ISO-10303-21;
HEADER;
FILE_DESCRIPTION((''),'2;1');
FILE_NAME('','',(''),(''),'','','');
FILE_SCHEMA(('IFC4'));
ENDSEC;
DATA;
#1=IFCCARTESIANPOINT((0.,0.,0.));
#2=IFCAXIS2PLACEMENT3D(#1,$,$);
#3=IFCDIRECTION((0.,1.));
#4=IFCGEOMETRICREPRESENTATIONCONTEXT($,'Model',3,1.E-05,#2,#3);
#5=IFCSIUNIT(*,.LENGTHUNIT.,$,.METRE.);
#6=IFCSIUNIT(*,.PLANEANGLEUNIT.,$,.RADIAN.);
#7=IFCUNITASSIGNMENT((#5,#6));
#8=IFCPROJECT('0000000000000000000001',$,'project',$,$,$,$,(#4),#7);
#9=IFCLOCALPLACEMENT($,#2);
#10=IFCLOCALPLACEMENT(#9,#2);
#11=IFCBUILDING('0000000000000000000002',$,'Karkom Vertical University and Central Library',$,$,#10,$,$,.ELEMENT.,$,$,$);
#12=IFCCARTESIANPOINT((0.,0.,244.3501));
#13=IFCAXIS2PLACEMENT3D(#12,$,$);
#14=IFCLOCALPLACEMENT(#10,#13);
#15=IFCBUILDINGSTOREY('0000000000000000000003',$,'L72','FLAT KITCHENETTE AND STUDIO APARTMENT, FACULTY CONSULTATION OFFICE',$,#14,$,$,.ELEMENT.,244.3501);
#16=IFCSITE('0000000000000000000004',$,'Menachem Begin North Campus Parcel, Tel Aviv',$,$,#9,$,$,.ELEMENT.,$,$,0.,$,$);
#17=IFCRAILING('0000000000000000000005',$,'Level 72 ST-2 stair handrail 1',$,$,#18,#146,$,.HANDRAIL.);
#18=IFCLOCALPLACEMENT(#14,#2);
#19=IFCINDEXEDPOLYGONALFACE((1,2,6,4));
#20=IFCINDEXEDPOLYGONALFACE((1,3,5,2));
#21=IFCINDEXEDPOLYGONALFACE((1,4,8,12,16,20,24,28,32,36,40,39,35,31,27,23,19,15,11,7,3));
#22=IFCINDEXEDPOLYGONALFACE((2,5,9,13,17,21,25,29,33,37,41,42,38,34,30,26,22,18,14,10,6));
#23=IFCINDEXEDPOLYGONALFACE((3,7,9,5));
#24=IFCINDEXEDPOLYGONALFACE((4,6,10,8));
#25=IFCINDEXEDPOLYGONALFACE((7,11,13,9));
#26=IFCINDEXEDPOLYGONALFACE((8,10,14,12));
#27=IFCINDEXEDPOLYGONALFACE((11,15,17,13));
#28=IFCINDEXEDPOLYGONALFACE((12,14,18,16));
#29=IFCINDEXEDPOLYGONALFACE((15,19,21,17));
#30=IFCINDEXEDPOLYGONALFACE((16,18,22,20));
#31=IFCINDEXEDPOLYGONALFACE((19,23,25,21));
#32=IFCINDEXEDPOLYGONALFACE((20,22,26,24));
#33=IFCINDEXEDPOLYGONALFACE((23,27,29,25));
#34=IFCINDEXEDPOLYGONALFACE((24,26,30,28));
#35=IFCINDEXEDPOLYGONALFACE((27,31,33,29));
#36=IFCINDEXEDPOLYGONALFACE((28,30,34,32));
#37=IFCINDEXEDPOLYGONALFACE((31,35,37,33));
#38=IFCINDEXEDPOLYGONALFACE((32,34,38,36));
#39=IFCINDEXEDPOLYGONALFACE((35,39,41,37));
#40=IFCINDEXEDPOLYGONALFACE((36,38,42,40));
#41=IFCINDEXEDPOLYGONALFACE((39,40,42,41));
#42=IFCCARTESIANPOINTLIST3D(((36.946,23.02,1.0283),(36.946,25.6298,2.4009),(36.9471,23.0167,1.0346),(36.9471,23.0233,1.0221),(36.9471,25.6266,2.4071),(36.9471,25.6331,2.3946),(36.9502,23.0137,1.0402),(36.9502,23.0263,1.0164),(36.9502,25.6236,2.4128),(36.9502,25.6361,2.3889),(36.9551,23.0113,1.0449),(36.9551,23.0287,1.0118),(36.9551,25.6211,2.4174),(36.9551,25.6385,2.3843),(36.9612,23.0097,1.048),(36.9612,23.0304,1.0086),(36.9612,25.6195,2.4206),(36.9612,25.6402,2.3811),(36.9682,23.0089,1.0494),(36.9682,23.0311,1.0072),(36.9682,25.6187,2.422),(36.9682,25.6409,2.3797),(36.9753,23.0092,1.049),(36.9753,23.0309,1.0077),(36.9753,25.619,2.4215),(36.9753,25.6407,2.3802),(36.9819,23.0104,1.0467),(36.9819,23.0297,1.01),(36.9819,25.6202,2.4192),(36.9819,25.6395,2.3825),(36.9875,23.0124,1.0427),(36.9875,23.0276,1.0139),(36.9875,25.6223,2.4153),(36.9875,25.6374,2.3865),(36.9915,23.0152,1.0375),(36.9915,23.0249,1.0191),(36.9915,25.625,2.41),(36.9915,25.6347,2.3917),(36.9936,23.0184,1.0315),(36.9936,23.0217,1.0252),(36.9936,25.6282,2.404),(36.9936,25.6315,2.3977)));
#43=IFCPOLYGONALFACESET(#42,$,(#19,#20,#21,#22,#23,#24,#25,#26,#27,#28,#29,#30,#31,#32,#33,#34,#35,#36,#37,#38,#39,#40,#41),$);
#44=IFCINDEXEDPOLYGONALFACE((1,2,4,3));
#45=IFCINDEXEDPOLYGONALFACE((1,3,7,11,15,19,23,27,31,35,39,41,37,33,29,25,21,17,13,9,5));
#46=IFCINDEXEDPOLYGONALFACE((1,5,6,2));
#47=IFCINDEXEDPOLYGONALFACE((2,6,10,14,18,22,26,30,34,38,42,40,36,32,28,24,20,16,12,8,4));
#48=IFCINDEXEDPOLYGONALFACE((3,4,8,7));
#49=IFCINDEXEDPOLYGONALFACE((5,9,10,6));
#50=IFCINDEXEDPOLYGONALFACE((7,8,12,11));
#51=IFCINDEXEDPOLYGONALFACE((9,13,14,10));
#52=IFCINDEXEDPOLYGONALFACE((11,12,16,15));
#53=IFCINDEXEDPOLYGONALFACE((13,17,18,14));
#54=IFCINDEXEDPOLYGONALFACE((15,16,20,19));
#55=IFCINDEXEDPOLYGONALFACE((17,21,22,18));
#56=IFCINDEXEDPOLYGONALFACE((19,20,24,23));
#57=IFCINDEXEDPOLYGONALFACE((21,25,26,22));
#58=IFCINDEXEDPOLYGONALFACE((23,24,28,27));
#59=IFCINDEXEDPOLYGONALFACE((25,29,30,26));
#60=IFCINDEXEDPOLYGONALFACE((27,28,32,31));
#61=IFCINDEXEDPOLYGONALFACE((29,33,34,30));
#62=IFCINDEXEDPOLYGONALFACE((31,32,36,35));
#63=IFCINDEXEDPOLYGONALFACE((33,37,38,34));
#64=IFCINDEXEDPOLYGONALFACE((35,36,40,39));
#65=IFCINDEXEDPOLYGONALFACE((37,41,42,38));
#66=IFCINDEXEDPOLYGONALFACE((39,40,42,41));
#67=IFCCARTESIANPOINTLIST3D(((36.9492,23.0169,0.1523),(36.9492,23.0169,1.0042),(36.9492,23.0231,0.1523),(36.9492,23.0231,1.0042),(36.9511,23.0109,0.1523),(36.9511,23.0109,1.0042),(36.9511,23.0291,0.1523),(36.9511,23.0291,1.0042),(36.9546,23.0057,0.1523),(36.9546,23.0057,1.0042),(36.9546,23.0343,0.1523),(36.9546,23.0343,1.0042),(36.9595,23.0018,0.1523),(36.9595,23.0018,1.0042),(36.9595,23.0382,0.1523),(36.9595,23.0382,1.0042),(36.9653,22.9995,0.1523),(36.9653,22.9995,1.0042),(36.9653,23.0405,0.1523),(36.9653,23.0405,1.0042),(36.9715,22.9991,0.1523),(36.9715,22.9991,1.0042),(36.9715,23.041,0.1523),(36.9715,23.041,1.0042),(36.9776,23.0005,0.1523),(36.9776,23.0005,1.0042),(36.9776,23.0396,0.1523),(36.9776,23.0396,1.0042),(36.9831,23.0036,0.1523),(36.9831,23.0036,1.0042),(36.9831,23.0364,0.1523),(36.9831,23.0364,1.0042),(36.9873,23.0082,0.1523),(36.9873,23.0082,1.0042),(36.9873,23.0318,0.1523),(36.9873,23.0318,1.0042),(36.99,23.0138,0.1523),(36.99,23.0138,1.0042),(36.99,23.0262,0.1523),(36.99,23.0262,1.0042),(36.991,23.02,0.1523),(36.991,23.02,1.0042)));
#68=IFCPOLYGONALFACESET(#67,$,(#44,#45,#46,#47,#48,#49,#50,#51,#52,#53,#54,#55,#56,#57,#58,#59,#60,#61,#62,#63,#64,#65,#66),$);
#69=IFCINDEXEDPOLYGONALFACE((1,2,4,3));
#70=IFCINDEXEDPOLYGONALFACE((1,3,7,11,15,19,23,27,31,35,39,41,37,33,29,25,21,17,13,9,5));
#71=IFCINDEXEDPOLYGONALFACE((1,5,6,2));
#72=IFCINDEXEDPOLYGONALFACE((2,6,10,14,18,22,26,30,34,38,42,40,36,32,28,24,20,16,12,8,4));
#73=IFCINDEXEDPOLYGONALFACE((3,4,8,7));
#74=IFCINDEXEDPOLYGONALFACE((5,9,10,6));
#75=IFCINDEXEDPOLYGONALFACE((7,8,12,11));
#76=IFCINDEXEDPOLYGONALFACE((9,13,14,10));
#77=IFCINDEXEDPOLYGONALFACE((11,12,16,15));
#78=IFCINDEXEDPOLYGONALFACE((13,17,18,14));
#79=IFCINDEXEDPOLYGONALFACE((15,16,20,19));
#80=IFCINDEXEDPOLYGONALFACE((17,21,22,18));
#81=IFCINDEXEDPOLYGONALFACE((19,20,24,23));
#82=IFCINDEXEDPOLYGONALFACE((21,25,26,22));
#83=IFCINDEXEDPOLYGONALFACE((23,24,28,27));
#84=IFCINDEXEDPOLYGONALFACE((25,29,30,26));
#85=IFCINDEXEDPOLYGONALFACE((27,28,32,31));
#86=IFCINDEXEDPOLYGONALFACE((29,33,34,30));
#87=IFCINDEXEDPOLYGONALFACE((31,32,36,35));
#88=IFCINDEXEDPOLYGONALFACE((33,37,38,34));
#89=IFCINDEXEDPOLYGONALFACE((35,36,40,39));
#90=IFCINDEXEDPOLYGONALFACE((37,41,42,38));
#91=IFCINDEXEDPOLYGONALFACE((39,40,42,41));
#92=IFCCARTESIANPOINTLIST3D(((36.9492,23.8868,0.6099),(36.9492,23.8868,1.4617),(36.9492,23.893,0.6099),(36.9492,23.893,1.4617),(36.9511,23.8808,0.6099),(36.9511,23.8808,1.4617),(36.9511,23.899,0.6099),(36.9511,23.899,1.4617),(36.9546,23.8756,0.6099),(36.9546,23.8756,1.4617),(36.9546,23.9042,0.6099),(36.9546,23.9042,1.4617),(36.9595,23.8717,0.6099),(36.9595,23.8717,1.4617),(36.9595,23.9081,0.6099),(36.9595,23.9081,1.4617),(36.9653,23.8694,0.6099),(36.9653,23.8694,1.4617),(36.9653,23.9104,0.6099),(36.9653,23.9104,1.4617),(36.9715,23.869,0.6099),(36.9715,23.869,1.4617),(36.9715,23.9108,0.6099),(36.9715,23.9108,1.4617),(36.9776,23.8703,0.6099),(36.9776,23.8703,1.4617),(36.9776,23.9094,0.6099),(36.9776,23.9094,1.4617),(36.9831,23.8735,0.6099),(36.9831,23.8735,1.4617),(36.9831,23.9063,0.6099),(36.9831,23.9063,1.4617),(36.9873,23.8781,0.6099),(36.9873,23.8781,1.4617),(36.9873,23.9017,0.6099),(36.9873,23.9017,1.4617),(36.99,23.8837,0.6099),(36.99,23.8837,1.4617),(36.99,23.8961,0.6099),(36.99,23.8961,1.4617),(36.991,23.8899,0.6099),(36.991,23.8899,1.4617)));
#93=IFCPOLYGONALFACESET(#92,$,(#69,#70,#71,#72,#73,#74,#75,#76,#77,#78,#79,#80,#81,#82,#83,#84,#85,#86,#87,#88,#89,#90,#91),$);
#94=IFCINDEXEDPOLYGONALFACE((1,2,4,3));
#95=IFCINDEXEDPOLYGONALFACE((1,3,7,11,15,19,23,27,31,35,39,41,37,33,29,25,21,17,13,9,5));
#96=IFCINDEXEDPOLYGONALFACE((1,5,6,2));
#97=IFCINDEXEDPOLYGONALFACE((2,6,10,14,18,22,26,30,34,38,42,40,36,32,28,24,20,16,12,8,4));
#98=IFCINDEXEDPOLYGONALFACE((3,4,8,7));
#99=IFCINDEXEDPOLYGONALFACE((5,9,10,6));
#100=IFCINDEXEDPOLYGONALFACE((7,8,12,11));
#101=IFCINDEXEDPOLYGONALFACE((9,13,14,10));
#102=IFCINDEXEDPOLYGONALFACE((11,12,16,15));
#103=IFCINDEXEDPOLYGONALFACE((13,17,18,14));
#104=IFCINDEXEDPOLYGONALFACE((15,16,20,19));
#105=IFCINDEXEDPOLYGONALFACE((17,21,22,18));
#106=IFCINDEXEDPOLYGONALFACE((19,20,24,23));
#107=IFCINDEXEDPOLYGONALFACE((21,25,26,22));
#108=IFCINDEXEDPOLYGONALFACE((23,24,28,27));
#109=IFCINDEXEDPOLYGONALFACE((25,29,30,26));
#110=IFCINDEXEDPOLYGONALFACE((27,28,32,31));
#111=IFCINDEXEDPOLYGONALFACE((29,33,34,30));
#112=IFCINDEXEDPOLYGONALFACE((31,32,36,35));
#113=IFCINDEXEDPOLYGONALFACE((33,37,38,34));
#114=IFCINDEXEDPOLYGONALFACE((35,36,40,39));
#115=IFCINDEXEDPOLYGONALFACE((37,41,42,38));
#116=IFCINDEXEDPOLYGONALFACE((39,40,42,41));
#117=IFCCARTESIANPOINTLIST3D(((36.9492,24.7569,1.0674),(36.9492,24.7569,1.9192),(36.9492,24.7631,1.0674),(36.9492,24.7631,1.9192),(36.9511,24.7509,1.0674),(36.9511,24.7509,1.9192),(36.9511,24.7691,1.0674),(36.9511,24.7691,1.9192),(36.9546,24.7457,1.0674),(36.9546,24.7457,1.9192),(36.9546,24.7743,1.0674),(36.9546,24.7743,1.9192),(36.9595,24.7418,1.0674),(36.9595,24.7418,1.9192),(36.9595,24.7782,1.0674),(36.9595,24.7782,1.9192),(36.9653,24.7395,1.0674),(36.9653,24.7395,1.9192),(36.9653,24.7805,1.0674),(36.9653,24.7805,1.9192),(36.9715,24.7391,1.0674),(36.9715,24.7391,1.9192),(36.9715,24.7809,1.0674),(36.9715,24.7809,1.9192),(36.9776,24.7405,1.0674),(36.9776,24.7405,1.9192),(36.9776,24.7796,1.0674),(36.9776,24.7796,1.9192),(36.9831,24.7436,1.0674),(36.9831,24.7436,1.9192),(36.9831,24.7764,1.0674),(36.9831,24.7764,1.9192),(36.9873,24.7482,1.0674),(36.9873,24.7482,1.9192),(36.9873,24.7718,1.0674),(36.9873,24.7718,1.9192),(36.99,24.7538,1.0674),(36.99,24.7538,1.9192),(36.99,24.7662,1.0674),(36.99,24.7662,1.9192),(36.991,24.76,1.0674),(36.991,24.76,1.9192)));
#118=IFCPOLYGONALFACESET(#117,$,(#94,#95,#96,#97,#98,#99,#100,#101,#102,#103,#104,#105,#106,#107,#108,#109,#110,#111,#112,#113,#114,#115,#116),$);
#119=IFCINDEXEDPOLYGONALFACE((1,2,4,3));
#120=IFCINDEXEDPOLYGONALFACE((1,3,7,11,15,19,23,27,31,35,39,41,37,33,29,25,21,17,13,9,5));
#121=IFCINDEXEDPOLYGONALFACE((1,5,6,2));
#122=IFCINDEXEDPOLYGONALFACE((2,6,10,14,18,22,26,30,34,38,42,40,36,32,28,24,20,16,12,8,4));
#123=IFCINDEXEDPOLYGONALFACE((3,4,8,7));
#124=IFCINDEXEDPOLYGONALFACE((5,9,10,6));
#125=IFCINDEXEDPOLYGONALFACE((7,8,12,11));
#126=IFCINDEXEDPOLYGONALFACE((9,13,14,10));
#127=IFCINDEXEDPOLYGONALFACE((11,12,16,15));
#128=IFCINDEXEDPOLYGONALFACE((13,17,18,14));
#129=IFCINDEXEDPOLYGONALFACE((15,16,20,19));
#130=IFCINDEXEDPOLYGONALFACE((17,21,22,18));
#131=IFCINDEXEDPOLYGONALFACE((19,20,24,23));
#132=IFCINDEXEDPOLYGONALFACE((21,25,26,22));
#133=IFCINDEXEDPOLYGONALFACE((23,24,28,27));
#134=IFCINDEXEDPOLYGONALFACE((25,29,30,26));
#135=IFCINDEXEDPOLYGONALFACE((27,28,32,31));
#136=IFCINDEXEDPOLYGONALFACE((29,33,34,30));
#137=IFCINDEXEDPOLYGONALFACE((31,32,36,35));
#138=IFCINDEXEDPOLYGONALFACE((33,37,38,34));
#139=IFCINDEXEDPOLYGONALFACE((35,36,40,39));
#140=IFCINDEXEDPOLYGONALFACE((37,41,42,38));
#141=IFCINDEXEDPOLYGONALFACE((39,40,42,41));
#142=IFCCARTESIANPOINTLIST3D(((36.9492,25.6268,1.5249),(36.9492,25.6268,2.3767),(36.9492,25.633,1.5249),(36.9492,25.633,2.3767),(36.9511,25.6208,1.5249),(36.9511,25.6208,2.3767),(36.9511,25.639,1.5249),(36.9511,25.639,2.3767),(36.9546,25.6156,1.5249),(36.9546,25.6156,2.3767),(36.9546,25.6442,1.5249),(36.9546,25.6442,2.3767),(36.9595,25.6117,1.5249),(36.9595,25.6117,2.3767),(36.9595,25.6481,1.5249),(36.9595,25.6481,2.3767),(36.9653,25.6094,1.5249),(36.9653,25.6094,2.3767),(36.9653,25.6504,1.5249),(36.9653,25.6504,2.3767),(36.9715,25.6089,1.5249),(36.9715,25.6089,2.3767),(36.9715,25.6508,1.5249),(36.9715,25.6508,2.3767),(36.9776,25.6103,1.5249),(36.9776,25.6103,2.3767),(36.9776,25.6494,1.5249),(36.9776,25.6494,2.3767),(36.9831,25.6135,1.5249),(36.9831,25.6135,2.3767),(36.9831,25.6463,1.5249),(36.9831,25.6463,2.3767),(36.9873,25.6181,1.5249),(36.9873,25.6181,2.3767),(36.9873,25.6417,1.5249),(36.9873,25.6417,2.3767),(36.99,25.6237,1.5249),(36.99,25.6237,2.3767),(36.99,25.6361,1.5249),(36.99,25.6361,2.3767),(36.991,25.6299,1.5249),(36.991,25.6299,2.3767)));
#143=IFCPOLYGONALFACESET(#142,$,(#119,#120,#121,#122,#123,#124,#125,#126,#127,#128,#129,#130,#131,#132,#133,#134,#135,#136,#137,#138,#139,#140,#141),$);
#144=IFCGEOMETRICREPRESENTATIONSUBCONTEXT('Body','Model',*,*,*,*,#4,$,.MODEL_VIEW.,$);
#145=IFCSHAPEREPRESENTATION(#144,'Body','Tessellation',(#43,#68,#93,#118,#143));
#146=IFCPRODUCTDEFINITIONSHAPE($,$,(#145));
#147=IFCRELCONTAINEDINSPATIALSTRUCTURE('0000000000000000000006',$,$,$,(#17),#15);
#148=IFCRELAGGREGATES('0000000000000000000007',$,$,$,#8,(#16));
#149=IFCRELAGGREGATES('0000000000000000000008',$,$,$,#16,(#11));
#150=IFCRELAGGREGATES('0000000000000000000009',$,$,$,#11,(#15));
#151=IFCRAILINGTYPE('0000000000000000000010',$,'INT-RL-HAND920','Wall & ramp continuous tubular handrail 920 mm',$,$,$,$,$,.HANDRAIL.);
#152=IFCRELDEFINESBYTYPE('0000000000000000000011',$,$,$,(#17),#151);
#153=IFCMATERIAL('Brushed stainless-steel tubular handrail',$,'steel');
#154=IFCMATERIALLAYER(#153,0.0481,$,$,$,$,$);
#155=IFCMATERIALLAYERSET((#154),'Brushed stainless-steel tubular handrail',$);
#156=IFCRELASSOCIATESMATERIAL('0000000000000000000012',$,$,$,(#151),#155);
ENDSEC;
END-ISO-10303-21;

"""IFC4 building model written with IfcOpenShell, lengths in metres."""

from ifc_helpers import new_model, si_unit, direction, frame, origin, origin_2d, place, context, subcontext, project, spatial, circle, extrude, material, layer, layer_set, type_object, element, save


model = new_model("IFC4")

# Units and contexts
model_context = context("Model", 3, precision=1e-05, world=origin(), true_north=direction((0.0, 1.0)))
body_context = subcontext(model_context, "Body", "Model", "MODEL_VIEW")
ifc_project = project(units=[si_unit("LENGTHUNIT", "METRE"), si_unit("PLANEANGLEUNIT", "RADIAN")], contexts=[model_context])

# Site, building, storey
site_placement = place(None, origin())
site = spatial("IfcSite", under=ifc_project, at=site_placement, Name="Menachem Begin North Campus Parcel, Tel Aviv", CompositionType="ELEMENT", RefElevation=0.0)
building_placement = place(site_placement, origin())
building = spatial("IfcBuilding", under=site, at=building_placement, Name="Karkom Vertical University and Central Library", CompositionType="ELEMENT")
storey_placement = place(building_placement, frame((0.0, 0.0, 244.3501)))
storey = spatial("IfcBuildingStorey", under=building, at=storey_placement, Name="L72", Description="FLAT KITCHENETTE AND STUDIO APARTMENT, FACULTY CONSULTATION OFFICE", CompositionType="ELEMENT", Elevation=244.3501)

# Railing
ifc_material_1 = material(Name="Brushed stainless-steel tubular handrail", Category="steel")
ifc_layer_1 = layer(ifc_material_1, 0.0481)
ifc_layer_set_1 = layer_set([ifc_layer_1], Name="Brushed stainless-steel tubular handrail")
railing_type_1 = type_object("IfcRailingType", Name="INT-RL-HAND920", Description="Wall & ramp continuous tubular handrail 920 mm", PredefinedType="HANDRAIL", material=ifc_layer_set_1)
railing_1_placement = place(storey_placement, frame((36.97, 23.02, 0.1523)))
element("IfcRailing", 1, at=railing_1_placement, inside=storey, type_object=railing_type_1, Name="Level 72 ST-2 stair handrail 1", PredefinedType="HANDRAIL", context=body_context, shape_type="SweptSolid", body=[
    extrude(circle(Radius=0.0239, at=origin_2d()), frame((0.0, 0.0, 0.876), z_axis=(0.0, 0.885065, 0.465467), x_axis=(-1.0, 0.0, 0.0)), (0.0, 0.0, 1.0), 2.9487),
    extrude(circle(Radius=0.021, at=origin_2d()), origin(), (0.0, 0.0, 1.0), 0.8518),
    extrude(circle(Radius=0.021, at=origin_2d()), frame((0.0, 0.8699, 0.4575)), (0.0, 0.0, 1.0), 0.8518),
    extrude(circle(Radius=0.021, at=origin_2d()), frame((0.0, 1.74, 0.915)), (0.0, 0.0, 1.0), 0.8518),
    extrude(circle(Radius=0.021, at=origin_2d()), frame((0.0, 2.6099, 1.3726)), (0.0, 0.0, 1.0), 0.8518),
])

save(model, "model.ifc")
